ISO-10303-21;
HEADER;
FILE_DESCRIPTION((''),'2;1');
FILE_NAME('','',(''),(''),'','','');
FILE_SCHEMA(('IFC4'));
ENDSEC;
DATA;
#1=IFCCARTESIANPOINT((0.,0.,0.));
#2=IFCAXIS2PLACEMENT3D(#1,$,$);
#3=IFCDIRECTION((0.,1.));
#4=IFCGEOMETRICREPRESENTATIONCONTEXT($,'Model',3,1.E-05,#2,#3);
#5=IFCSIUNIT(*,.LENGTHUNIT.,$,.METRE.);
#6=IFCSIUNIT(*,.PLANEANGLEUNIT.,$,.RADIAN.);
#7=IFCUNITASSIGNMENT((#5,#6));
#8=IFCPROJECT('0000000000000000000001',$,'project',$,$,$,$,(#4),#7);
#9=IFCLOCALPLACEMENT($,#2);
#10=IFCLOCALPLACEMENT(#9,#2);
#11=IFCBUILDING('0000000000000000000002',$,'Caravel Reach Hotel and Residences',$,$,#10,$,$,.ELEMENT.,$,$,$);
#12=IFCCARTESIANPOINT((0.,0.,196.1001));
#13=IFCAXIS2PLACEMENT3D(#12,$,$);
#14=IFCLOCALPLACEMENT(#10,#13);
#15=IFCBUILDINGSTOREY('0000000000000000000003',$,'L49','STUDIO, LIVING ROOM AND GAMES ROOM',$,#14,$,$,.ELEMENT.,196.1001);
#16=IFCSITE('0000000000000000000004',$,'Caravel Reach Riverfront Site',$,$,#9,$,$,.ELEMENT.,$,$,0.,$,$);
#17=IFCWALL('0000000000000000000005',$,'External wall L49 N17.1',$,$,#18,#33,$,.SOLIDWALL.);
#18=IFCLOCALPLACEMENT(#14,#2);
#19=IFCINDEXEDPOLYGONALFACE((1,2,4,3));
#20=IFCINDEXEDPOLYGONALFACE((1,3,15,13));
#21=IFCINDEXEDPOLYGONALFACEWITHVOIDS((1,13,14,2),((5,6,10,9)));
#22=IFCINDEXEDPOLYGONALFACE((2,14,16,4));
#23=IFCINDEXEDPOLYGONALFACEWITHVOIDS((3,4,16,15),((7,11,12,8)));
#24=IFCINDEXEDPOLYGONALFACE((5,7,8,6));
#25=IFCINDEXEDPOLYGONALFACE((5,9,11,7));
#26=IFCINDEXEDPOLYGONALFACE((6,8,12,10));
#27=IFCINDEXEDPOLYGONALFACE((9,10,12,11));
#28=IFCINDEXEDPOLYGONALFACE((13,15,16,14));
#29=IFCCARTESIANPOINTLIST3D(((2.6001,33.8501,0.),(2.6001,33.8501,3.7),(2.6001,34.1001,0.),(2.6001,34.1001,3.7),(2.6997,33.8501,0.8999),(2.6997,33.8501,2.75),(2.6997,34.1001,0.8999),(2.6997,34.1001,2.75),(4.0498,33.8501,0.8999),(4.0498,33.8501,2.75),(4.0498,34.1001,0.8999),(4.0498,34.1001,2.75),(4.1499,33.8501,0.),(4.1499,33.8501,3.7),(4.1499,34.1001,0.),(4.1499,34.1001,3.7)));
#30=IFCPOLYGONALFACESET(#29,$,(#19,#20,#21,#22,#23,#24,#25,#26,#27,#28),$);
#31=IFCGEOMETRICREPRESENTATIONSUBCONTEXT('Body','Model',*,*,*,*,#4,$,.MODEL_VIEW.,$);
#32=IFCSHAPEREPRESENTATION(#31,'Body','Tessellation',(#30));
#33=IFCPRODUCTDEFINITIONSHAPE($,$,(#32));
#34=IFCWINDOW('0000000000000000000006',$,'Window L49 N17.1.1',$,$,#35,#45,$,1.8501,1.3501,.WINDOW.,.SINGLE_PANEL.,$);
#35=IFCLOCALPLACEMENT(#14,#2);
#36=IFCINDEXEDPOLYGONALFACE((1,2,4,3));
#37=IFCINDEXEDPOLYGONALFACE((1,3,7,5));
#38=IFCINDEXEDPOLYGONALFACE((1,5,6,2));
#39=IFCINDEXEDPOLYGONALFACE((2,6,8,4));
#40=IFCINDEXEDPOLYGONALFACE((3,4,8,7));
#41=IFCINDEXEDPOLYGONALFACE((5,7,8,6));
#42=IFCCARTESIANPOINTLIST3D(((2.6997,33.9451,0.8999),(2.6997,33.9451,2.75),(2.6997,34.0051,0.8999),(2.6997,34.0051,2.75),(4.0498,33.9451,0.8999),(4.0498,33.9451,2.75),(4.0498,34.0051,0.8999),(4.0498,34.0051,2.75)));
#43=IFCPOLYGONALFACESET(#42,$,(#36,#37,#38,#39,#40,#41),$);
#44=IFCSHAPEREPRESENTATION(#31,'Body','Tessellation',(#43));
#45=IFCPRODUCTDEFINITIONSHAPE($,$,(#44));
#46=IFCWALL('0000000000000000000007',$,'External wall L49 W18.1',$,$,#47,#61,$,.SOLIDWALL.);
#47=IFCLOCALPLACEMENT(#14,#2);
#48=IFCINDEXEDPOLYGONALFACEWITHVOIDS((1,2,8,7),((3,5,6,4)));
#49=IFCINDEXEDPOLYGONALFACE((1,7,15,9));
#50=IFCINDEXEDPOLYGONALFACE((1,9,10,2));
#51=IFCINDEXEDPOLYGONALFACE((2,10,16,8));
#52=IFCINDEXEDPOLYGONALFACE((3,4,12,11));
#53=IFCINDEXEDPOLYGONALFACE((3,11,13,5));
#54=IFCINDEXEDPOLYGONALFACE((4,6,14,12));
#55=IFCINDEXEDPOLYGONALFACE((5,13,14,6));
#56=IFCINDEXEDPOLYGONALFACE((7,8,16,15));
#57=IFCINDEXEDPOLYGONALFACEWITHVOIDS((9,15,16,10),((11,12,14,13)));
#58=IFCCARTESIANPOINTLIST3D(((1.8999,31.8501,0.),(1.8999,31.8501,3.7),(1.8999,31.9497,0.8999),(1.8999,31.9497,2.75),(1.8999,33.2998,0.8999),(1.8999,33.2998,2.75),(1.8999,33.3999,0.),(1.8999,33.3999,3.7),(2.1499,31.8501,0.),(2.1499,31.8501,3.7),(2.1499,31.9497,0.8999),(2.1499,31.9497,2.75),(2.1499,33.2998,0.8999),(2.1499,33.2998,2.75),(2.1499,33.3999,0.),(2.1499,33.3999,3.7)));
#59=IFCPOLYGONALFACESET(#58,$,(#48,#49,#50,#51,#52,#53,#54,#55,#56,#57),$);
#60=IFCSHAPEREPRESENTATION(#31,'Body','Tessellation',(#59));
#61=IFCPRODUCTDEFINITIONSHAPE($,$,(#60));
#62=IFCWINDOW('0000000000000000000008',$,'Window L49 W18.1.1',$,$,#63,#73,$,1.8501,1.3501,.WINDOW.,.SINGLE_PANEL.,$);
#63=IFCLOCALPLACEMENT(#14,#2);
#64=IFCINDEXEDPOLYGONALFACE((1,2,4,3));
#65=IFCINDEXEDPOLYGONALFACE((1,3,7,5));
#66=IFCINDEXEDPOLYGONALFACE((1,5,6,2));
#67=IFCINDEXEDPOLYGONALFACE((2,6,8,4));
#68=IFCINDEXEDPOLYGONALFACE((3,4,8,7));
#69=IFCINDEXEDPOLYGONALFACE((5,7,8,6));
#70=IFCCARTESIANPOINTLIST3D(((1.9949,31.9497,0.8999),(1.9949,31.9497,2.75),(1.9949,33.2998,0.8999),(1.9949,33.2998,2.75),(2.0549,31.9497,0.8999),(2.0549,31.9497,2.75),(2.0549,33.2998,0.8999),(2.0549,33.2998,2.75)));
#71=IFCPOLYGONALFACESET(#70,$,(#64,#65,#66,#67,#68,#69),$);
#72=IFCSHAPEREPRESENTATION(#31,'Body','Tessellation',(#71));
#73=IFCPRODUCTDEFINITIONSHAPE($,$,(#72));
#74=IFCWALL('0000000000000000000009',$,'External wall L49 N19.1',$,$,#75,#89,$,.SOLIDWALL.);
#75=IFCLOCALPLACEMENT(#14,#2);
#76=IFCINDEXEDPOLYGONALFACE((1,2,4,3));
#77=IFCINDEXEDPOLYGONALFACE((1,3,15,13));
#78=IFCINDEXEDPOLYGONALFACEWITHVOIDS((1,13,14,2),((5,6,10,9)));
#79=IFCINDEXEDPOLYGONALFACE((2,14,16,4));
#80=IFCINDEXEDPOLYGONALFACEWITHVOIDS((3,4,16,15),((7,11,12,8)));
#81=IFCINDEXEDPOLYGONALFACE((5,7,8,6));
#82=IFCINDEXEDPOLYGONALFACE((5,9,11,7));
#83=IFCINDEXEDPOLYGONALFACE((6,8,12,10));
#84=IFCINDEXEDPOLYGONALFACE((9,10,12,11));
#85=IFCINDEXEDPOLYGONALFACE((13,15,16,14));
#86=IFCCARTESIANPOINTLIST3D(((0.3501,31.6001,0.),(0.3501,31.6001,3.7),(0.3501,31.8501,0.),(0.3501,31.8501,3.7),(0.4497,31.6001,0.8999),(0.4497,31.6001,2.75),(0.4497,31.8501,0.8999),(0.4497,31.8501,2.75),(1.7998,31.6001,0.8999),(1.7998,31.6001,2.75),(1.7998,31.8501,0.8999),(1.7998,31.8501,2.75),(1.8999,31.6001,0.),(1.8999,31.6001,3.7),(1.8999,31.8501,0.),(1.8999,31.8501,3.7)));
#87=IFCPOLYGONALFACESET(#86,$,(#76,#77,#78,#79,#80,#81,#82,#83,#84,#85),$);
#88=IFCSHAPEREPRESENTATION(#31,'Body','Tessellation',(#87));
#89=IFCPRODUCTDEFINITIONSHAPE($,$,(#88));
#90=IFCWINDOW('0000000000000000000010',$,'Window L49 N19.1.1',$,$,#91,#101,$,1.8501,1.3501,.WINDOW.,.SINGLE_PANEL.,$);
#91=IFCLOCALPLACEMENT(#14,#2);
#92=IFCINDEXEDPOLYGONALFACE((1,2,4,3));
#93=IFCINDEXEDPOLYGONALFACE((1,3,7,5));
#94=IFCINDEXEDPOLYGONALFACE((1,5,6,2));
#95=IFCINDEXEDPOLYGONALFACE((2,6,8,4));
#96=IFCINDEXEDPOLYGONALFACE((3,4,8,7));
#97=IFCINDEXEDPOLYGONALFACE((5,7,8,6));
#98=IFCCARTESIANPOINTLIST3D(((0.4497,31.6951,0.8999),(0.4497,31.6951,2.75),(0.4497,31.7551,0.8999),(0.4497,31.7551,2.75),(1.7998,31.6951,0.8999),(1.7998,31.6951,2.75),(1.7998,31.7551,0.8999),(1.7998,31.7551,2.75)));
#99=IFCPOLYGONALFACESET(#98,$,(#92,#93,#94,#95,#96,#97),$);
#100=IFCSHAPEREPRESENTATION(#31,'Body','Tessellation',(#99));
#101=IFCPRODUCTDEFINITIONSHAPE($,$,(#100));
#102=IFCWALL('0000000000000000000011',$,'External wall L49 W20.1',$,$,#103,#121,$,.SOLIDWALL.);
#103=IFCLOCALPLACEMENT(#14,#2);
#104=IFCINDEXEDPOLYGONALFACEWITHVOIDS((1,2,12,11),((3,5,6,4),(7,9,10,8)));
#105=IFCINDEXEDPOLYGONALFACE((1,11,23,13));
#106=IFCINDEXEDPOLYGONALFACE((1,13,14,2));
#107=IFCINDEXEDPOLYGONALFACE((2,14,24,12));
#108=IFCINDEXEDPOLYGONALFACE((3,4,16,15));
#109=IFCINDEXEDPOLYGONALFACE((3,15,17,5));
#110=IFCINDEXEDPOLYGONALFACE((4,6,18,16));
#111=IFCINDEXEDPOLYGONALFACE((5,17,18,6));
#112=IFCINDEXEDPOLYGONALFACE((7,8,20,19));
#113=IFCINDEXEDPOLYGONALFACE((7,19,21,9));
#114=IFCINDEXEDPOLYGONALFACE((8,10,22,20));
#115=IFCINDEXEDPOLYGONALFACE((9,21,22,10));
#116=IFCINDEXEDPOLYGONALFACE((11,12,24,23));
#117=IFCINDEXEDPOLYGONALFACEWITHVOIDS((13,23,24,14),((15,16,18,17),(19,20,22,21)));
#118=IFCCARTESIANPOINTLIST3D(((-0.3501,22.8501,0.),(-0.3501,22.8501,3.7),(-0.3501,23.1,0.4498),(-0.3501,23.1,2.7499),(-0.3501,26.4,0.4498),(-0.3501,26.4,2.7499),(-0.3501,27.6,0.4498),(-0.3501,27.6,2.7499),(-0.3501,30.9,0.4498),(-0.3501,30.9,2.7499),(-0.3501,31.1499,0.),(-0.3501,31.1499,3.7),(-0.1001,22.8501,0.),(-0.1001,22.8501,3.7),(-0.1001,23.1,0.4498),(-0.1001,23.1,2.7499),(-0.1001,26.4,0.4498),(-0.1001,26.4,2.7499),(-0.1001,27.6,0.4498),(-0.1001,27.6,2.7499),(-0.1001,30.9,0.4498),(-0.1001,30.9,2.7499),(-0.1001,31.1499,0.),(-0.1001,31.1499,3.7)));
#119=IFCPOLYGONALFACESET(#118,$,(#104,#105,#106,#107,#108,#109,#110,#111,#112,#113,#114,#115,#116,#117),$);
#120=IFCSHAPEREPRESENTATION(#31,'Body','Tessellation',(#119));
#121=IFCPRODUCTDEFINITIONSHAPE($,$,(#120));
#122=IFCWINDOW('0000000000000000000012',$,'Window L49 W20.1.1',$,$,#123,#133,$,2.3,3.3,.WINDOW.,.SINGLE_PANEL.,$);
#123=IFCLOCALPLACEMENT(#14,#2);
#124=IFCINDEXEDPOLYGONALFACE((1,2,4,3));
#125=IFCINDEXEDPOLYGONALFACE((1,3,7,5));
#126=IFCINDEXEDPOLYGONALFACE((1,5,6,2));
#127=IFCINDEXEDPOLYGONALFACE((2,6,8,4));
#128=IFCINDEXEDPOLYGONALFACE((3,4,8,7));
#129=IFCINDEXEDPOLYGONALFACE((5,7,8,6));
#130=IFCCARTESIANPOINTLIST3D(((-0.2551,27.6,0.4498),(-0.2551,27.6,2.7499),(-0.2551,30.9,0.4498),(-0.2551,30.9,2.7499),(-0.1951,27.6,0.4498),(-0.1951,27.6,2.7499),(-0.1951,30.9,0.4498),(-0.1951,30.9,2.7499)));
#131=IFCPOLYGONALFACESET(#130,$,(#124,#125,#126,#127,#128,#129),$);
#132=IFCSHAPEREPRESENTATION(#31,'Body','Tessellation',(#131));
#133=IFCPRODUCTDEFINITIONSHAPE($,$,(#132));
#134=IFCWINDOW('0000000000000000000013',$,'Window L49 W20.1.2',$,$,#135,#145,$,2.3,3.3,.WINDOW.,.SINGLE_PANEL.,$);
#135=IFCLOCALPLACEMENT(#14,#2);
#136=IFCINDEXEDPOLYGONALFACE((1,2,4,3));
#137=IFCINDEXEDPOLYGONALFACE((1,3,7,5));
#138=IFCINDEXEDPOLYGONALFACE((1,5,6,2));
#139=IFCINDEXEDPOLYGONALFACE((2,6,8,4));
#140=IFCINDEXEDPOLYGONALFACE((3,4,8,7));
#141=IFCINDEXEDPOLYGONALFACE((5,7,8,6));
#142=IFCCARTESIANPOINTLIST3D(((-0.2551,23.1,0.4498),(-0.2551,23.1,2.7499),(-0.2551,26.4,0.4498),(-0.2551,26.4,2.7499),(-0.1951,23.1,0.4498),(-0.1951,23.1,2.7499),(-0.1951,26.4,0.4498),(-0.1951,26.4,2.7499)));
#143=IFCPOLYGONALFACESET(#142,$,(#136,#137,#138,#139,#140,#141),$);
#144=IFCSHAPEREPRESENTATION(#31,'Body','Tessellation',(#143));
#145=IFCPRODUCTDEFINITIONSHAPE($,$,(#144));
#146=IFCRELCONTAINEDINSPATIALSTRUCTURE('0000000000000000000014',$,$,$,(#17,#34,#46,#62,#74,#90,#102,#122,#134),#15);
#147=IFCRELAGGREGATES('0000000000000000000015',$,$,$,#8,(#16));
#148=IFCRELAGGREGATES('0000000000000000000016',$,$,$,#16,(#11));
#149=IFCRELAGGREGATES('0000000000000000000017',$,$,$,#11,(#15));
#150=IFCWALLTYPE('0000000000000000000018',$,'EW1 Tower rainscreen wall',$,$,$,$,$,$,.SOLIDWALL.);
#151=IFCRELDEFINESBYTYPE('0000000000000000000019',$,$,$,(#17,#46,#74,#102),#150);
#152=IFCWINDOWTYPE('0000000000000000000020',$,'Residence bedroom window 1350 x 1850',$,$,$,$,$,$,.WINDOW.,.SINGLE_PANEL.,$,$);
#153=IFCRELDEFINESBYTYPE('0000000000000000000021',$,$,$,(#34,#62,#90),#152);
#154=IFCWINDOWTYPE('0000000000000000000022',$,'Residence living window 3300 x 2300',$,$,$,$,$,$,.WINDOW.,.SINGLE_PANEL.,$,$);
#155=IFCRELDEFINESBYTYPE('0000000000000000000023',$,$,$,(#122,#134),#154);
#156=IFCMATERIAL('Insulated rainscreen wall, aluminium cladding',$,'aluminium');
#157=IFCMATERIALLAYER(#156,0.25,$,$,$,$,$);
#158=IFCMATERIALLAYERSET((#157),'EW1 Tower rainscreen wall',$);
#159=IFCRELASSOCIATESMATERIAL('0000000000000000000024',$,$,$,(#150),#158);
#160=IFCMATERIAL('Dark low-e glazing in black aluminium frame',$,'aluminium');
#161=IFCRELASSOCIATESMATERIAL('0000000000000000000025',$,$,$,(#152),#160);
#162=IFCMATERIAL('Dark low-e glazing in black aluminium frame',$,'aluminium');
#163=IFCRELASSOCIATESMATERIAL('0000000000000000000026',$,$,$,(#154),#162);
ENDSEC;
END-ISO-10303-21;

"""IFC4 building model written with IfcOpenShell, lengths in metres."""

from ifc_helpers import new_model, si_unit, direction, frame, frame_2d, origin, place, context, subcontext, project, spatial, rectangle, extrude, material, layer, layer_set, type_object, element, fill, save


model = new_model("IFC4")

# Units and contexts
model_context = context("Model", 3, precision=1e-05, world=origin(), true_north=direction((0.0, 1.0)))
body_context = subcontext(model_context, "Body", "Model", "MODEL_VIEW")
ifc_project = project(units=[si_unit("LENGTHUNIT", "METRE"), si_unit("PLANEANGLEUNIT", "RADIAN")], contexts=[model_context])

# Site, building, storey
site_placement = place(None, origin())
site = spatial("IfcSite", under=ifc_project, at=site_placement, Name="Caravel Reach Riverfront Site", CompositionType="ELEMENT", RefElevation=0.0)
building_placement = place(site_placement, origin())
building = spatial("IfcBuilding", under=site, at=building_placement, Name="Caravel Reach Hotel and Residences", CompositionType="ELEMENT")
storey_placement = place(building_placement, frame((0.0, 0.0, 196.1001)))
storey = spatial("IfcBuildingStorey", under=building, at=storey_placement, Name="L49", Description="STUDIO, LIVING ROOM AND GAMES ROOM", CompositionType="ELEMENT", Elevation=196.1001)

# Walls, openings, windows
ifc_material_1 = material(Name="Insulated rainscreen wall, aluminium cladding", Category="aluminium")
ifc_layer_1 = layer(ifc_material_1, 0.25)
ifc_layer_set_1 = layer_set([ifc_layer_1], Name="EW1 Tower rainscreen wall")
wall_type_1 = type_object("IfcWallType", Name="EW1 Tower rainscreen wall", PredefinedType="SOLIDWALL", material=ifc_layer_set_1)
ifc_material_2 = material(Name="Dark low-e glazing in black aluminium frame", Category="aluminium")
window_type_1 = type_object("IfcWindowType", Name="Residence bedroom window 1350 x 1850", PartitioningType="SINGLE_PANEL", PredefinedType="WINDOW", material=ifc_material_2)
wall_1_placement = place(storey_placement, frame((4.1499, 33.9751, 0.0), z_axis=(0.0, 0.0, 1.0), x_axis=(-1.0, 0.0, 0.0)))
wall_1 = element("IfcWall", 1, at=wall_1_placement, inside=storey, type_object=wall_type_1, Name="External wall L49 N17.1", PredefinedType="SOLIDWALL", context=body_context, shape_type="SweptSolid", body=[
    extrude(rectangle(XDim=1.5498, YDim=0.25, at=frame_2d((0.7749, 0.0))), origin(), (0.0, 0.0, 1.0), 3.7),
])
opening_1_placement = place(wall_1_placement, frame((0.1001, 0.0, 0.8999)))
opening_1 = element("IfcOpeningElement", 2, at=opening_1_placement, cuts=wall_1, PredefinedType="OPENING", context=body_context, shape_type="SweptSolid", body=[
    extrude(rectangle(XDim=1.3501, YDim=1.8501, at=frame_2d((0.675, 0.925))), frame((0.0, 0.135, 0.0), z_axis=(0.0, -1.0, 0.0), x_axis=(1.0, 0.0, 0.0)), (0.0, 0.0, 1.0), 0.27),
])
window_1_placement = place(opening_1_placement, origin())
window_1 = element("IfcWindow", 3, at=window_1_placement, inside=storey, type_object=window_type_1, Name="Window L49 N17.1.1", OverallHeight=1.8501, OverallWidth=1.3501, PartitioningType="SINGLE_PANEL", PredefinedType="WINDOW", context=body_context, shape_type="SweptSolid", body=[
    extrude(rectangle(XDim=1.3501, YDim=1.8501, at=frame_2d((0.675, 0.925))), frame((0.0, 0.03, 0.0), z_axis=(0.0, -1.0, 0.0), x_axis=(1.0, 0.0, 0.0)), (0.0, 0.0, 1.0), 0.0601),
])
fill(opening_1, window_1)
wall_2_placement = place(storey_placement, frame((2.0249, 33.3999, 0.0), z_axis=(0.0, 0.0, 1.0), x_axis=(0.0, -1.0, 0.0)))
wall_2 = element("IfcWall", 4, at=wall_2_placement, inside=storey, type_object=wall_type_1, Name="External wall L49 W18.1", PredefinedType="SOLIDWALL", context=body_context, shape_type="SweptSolid", body=[
    extrude(rectangle(XDim=1.5498, YDim=0.25, at=frame_2d((0.7749, 0.0))), origin(), (0.0, 0.0, 1.0), 3.7),
])
opening_2_placement = place(wall_2_placement, frame((0.1001, 0.0, 0.8999)))
opening_2 = element("IfcOpeningElement", 5, at=opening_2_placement, cuts=wall_2, PredefinedType="OPENING", context=body_context, shape_type="SweptSolid", body=[
    extrude(rectangle(XDim=1.3501, YDim=1.8501, at=frame_2d((0.675, 0.925))), frame((0.0, 0.135, 0.0), z_axis=(0.0, -1.0, 0.0), x_axis=(1.0, 0.0, 0.0)), (0.0, 0.0, 1.0), 0.27),
])
window_2_placement = place(opening_2_placement, origin())
window_2 = element("IfcWindow", 6, at=window_2_placement, inside=storey, type_object=window_type_1, Name="Window L49 W18.1.1", OverallHeight=1.8501, OverallWidth=1.3501, PartitioningType="SINGLE_PANEL", PredefinedType="WINDOW", context=body_context, shape_type="SweptSolid", body=[
    extrude(rectangle(XDim=1.3501, YDim=1.8501, at=frame_2d((0.675, 0.925))), frame((0.0, 0.03, 0.0), z_axis=(0.0, -1.0, 0.0), x_axis=(1.0, 0.0, 0.0)), (0.0, 0.0, 1.0), 0.0601),
])
fill(opening_2, window_2)
wall_3_placement = place(storey_placement, frame((1.8999, 31.7251, 0.0), z_axis=(0.0, 0.0, 1.0), x_axis=(-1.0, 0.0, 0.0)))
wall_3 = element("IfcWall", 7, at=wall_3_placement, inside=storey, type_object=wall_type_1, Name="External wall L49 N19.1", PredefinedType="SOLIDWALL", context=body_context, shape_type="SweptSolid", body=[
    extrude(rectangle(XDim=1.5498, YDim=0.25, at=frame_2d((0.7749, 0.0))), origin(), (0.0, 0.0, 1.0), 3.7),
])
opening_3_placement = place(wall_3_placement, frame((0.1001, 0.0, 0.8999)))
opening_3 = element("IfcOpeningElement", 8, at=opening_3_placement, cuts=wall_3, PredefinedType="OPENING", context=body_context, shape_type="SweptSolid", body=[
    extrude(rectangle(XDim=1.3501, YDim=1.8501, at=frame_2d((0.675, 0.925))), frame((0.0, 0.135, 0.0), z_axis=(0.0, -1.0, 0.0), x_axis=(1.0, 0.0, 0.0)), (0.0, 0.0, 1.0), 0.27),
])
window_3_placement = place(opening_3_placement, origin())
window_3 = element("IfcWindow", 9, at=window_3_placement, inside=storey, type_object=window_type_1, Name="Window L49 N19.1.1", OverallHeight=1.8501, OverallWidth=1.3501, PartitioningType="SINGLE_PANEL", PredefinedType="WINDOW", context=body_context, shape_type="SweptSolid", body=[
    extrude(rectangle(XDim=1.3501, YDim=1.8501, at=frame_2d((0.675, 0.925))), frame((0.0, 0.03, 0.0), z_axis=(0.0, -1.0, 0.0), x_axis=(1.0, 0.0, 0.0)), (0.0, 0.0, 1.0), 0.0601),
])
fill(opening_3, window_3)

# Wall, openings, windows
wall_4_placement = place(storey_placement, frame((-0.2251, 31.1499, 0.0), z_axis=(0.0, 0.0, 1.0), x_axis=(0.0, -1.0, 0.0)))
wall_4 = element("IfcWall", 10, at=wall_4_placement, inside=storey, type_object=wall_type_1, Name="External wall L49 W20.1", PredefinedType="SOLIDWALL", context=body_context, shape_type="SweptSolid", body=[
    extrude(rectangle(XDim=8.2998, YDim=0.25, at=frame_2d((4.1499, 0.0))), origin(), (0.0, 0.0, 1.0), 3.7),
])
opening_4_placement = place(wall_4_placement, frame((0.25, 0.0, 0.45)))
opening_4 = element("IfcOpeningElement", 11, at=opening_4_placement, cuts=wall_4, PredefinedType="OPENING", context=body_context, shape_type="SweptSolid", body=[
    extrude(rectangle(XDim=3.3, YDim=2.3, at=frame_2d((1.6499, 1.1499))), frame((0.0, 0.135, 0.0), z_axis=(0.0, -1.0, 0.0), x_axis=(1.0, 0.0, 0.0)), (0.0, 0.0, 1.0), 0.27),
])
opening_5_placement = place(wall_4_placement, frame((4.75, 0.0, 0.45)))
opening_5 = element("IfcOpeningElement", 12, at=opening_5_placement, cuts=wall_4, PredefinedType="OPENING", context=body_context, shape_type="SweptSolid", body=[
    extrude(rectangle(XDim=3.3, YDim=2.3, at=frame_2d((1.6499, 1.1499))), frame((0.0, 0.135, 0.0), z_axis=(0.0, -1.0, 0.0), x_axis=(1.0, 0.0, 0.0)), (0.0, 0.0, 1.0), 0.27),
])
ifc_material_3 = material(Name="Dark low-e glazing in black aluminium frame", Category="aluminium")
window_type_2 = type_object("IfcWindowType", Name="Residence living window 3300 x 2300", PartitioningType="SINGLE_PANEL", PredefinedType="WINDOW", material=ifc_material_3)
window_4_placement = place(opening_4_placement, origin())
window_4 = element("IfcWindow", 13, at=window_4_placement, inside=storey, type_object=window_type_2, Name="Window L49 W20.1.1", OverallHeight=2.3, OverallWidth=3.3, PartitioningType="SINGLE_PANEL", PredefinedType="WINDOW", context=body_context, shape_type="SweptSolid", body=[
    extrude(rectangle(XDim=3.3, YDim=2.3, at=frame_2d((1.6499, 1.1499))), frame((0.0, 0.03, 0.0), z_axis=(0.0, -1.0, 0.0), x_axis=(1.0, 0.0, 0.0)), (0.0, 0.0, 1.0), 0.0601),
])
fill(opening_4, window_4)
window_5_placement = place(opening_5_placement, origin())
window_5 = element("IfcWindow", 14, at=window_5_placement, inside=storey, type_object=window_type_2, Name="Window L49 W20.1.2", OverallHeight=2.3, OverallWidth=3.3, PartitioningType="SINGLE_PANEL", PredefinedType="WINDOW", context=body_context, shape_type="SweptSolid", body=[
    extrude(rectangle(XDim=3.3, YDim=2.3, at=frame_2d((1.6499, 1.1499))), frame((0.0, 0.03, 0.0), z_axis=(0.0, -1.0, 0.0), x_axis=(1.0, 0.0, 0.0)), (0.0, 0.0, 1.0), 0.0601),
])
fill(opening_5, window_5)

save(model, "model.ifc")
